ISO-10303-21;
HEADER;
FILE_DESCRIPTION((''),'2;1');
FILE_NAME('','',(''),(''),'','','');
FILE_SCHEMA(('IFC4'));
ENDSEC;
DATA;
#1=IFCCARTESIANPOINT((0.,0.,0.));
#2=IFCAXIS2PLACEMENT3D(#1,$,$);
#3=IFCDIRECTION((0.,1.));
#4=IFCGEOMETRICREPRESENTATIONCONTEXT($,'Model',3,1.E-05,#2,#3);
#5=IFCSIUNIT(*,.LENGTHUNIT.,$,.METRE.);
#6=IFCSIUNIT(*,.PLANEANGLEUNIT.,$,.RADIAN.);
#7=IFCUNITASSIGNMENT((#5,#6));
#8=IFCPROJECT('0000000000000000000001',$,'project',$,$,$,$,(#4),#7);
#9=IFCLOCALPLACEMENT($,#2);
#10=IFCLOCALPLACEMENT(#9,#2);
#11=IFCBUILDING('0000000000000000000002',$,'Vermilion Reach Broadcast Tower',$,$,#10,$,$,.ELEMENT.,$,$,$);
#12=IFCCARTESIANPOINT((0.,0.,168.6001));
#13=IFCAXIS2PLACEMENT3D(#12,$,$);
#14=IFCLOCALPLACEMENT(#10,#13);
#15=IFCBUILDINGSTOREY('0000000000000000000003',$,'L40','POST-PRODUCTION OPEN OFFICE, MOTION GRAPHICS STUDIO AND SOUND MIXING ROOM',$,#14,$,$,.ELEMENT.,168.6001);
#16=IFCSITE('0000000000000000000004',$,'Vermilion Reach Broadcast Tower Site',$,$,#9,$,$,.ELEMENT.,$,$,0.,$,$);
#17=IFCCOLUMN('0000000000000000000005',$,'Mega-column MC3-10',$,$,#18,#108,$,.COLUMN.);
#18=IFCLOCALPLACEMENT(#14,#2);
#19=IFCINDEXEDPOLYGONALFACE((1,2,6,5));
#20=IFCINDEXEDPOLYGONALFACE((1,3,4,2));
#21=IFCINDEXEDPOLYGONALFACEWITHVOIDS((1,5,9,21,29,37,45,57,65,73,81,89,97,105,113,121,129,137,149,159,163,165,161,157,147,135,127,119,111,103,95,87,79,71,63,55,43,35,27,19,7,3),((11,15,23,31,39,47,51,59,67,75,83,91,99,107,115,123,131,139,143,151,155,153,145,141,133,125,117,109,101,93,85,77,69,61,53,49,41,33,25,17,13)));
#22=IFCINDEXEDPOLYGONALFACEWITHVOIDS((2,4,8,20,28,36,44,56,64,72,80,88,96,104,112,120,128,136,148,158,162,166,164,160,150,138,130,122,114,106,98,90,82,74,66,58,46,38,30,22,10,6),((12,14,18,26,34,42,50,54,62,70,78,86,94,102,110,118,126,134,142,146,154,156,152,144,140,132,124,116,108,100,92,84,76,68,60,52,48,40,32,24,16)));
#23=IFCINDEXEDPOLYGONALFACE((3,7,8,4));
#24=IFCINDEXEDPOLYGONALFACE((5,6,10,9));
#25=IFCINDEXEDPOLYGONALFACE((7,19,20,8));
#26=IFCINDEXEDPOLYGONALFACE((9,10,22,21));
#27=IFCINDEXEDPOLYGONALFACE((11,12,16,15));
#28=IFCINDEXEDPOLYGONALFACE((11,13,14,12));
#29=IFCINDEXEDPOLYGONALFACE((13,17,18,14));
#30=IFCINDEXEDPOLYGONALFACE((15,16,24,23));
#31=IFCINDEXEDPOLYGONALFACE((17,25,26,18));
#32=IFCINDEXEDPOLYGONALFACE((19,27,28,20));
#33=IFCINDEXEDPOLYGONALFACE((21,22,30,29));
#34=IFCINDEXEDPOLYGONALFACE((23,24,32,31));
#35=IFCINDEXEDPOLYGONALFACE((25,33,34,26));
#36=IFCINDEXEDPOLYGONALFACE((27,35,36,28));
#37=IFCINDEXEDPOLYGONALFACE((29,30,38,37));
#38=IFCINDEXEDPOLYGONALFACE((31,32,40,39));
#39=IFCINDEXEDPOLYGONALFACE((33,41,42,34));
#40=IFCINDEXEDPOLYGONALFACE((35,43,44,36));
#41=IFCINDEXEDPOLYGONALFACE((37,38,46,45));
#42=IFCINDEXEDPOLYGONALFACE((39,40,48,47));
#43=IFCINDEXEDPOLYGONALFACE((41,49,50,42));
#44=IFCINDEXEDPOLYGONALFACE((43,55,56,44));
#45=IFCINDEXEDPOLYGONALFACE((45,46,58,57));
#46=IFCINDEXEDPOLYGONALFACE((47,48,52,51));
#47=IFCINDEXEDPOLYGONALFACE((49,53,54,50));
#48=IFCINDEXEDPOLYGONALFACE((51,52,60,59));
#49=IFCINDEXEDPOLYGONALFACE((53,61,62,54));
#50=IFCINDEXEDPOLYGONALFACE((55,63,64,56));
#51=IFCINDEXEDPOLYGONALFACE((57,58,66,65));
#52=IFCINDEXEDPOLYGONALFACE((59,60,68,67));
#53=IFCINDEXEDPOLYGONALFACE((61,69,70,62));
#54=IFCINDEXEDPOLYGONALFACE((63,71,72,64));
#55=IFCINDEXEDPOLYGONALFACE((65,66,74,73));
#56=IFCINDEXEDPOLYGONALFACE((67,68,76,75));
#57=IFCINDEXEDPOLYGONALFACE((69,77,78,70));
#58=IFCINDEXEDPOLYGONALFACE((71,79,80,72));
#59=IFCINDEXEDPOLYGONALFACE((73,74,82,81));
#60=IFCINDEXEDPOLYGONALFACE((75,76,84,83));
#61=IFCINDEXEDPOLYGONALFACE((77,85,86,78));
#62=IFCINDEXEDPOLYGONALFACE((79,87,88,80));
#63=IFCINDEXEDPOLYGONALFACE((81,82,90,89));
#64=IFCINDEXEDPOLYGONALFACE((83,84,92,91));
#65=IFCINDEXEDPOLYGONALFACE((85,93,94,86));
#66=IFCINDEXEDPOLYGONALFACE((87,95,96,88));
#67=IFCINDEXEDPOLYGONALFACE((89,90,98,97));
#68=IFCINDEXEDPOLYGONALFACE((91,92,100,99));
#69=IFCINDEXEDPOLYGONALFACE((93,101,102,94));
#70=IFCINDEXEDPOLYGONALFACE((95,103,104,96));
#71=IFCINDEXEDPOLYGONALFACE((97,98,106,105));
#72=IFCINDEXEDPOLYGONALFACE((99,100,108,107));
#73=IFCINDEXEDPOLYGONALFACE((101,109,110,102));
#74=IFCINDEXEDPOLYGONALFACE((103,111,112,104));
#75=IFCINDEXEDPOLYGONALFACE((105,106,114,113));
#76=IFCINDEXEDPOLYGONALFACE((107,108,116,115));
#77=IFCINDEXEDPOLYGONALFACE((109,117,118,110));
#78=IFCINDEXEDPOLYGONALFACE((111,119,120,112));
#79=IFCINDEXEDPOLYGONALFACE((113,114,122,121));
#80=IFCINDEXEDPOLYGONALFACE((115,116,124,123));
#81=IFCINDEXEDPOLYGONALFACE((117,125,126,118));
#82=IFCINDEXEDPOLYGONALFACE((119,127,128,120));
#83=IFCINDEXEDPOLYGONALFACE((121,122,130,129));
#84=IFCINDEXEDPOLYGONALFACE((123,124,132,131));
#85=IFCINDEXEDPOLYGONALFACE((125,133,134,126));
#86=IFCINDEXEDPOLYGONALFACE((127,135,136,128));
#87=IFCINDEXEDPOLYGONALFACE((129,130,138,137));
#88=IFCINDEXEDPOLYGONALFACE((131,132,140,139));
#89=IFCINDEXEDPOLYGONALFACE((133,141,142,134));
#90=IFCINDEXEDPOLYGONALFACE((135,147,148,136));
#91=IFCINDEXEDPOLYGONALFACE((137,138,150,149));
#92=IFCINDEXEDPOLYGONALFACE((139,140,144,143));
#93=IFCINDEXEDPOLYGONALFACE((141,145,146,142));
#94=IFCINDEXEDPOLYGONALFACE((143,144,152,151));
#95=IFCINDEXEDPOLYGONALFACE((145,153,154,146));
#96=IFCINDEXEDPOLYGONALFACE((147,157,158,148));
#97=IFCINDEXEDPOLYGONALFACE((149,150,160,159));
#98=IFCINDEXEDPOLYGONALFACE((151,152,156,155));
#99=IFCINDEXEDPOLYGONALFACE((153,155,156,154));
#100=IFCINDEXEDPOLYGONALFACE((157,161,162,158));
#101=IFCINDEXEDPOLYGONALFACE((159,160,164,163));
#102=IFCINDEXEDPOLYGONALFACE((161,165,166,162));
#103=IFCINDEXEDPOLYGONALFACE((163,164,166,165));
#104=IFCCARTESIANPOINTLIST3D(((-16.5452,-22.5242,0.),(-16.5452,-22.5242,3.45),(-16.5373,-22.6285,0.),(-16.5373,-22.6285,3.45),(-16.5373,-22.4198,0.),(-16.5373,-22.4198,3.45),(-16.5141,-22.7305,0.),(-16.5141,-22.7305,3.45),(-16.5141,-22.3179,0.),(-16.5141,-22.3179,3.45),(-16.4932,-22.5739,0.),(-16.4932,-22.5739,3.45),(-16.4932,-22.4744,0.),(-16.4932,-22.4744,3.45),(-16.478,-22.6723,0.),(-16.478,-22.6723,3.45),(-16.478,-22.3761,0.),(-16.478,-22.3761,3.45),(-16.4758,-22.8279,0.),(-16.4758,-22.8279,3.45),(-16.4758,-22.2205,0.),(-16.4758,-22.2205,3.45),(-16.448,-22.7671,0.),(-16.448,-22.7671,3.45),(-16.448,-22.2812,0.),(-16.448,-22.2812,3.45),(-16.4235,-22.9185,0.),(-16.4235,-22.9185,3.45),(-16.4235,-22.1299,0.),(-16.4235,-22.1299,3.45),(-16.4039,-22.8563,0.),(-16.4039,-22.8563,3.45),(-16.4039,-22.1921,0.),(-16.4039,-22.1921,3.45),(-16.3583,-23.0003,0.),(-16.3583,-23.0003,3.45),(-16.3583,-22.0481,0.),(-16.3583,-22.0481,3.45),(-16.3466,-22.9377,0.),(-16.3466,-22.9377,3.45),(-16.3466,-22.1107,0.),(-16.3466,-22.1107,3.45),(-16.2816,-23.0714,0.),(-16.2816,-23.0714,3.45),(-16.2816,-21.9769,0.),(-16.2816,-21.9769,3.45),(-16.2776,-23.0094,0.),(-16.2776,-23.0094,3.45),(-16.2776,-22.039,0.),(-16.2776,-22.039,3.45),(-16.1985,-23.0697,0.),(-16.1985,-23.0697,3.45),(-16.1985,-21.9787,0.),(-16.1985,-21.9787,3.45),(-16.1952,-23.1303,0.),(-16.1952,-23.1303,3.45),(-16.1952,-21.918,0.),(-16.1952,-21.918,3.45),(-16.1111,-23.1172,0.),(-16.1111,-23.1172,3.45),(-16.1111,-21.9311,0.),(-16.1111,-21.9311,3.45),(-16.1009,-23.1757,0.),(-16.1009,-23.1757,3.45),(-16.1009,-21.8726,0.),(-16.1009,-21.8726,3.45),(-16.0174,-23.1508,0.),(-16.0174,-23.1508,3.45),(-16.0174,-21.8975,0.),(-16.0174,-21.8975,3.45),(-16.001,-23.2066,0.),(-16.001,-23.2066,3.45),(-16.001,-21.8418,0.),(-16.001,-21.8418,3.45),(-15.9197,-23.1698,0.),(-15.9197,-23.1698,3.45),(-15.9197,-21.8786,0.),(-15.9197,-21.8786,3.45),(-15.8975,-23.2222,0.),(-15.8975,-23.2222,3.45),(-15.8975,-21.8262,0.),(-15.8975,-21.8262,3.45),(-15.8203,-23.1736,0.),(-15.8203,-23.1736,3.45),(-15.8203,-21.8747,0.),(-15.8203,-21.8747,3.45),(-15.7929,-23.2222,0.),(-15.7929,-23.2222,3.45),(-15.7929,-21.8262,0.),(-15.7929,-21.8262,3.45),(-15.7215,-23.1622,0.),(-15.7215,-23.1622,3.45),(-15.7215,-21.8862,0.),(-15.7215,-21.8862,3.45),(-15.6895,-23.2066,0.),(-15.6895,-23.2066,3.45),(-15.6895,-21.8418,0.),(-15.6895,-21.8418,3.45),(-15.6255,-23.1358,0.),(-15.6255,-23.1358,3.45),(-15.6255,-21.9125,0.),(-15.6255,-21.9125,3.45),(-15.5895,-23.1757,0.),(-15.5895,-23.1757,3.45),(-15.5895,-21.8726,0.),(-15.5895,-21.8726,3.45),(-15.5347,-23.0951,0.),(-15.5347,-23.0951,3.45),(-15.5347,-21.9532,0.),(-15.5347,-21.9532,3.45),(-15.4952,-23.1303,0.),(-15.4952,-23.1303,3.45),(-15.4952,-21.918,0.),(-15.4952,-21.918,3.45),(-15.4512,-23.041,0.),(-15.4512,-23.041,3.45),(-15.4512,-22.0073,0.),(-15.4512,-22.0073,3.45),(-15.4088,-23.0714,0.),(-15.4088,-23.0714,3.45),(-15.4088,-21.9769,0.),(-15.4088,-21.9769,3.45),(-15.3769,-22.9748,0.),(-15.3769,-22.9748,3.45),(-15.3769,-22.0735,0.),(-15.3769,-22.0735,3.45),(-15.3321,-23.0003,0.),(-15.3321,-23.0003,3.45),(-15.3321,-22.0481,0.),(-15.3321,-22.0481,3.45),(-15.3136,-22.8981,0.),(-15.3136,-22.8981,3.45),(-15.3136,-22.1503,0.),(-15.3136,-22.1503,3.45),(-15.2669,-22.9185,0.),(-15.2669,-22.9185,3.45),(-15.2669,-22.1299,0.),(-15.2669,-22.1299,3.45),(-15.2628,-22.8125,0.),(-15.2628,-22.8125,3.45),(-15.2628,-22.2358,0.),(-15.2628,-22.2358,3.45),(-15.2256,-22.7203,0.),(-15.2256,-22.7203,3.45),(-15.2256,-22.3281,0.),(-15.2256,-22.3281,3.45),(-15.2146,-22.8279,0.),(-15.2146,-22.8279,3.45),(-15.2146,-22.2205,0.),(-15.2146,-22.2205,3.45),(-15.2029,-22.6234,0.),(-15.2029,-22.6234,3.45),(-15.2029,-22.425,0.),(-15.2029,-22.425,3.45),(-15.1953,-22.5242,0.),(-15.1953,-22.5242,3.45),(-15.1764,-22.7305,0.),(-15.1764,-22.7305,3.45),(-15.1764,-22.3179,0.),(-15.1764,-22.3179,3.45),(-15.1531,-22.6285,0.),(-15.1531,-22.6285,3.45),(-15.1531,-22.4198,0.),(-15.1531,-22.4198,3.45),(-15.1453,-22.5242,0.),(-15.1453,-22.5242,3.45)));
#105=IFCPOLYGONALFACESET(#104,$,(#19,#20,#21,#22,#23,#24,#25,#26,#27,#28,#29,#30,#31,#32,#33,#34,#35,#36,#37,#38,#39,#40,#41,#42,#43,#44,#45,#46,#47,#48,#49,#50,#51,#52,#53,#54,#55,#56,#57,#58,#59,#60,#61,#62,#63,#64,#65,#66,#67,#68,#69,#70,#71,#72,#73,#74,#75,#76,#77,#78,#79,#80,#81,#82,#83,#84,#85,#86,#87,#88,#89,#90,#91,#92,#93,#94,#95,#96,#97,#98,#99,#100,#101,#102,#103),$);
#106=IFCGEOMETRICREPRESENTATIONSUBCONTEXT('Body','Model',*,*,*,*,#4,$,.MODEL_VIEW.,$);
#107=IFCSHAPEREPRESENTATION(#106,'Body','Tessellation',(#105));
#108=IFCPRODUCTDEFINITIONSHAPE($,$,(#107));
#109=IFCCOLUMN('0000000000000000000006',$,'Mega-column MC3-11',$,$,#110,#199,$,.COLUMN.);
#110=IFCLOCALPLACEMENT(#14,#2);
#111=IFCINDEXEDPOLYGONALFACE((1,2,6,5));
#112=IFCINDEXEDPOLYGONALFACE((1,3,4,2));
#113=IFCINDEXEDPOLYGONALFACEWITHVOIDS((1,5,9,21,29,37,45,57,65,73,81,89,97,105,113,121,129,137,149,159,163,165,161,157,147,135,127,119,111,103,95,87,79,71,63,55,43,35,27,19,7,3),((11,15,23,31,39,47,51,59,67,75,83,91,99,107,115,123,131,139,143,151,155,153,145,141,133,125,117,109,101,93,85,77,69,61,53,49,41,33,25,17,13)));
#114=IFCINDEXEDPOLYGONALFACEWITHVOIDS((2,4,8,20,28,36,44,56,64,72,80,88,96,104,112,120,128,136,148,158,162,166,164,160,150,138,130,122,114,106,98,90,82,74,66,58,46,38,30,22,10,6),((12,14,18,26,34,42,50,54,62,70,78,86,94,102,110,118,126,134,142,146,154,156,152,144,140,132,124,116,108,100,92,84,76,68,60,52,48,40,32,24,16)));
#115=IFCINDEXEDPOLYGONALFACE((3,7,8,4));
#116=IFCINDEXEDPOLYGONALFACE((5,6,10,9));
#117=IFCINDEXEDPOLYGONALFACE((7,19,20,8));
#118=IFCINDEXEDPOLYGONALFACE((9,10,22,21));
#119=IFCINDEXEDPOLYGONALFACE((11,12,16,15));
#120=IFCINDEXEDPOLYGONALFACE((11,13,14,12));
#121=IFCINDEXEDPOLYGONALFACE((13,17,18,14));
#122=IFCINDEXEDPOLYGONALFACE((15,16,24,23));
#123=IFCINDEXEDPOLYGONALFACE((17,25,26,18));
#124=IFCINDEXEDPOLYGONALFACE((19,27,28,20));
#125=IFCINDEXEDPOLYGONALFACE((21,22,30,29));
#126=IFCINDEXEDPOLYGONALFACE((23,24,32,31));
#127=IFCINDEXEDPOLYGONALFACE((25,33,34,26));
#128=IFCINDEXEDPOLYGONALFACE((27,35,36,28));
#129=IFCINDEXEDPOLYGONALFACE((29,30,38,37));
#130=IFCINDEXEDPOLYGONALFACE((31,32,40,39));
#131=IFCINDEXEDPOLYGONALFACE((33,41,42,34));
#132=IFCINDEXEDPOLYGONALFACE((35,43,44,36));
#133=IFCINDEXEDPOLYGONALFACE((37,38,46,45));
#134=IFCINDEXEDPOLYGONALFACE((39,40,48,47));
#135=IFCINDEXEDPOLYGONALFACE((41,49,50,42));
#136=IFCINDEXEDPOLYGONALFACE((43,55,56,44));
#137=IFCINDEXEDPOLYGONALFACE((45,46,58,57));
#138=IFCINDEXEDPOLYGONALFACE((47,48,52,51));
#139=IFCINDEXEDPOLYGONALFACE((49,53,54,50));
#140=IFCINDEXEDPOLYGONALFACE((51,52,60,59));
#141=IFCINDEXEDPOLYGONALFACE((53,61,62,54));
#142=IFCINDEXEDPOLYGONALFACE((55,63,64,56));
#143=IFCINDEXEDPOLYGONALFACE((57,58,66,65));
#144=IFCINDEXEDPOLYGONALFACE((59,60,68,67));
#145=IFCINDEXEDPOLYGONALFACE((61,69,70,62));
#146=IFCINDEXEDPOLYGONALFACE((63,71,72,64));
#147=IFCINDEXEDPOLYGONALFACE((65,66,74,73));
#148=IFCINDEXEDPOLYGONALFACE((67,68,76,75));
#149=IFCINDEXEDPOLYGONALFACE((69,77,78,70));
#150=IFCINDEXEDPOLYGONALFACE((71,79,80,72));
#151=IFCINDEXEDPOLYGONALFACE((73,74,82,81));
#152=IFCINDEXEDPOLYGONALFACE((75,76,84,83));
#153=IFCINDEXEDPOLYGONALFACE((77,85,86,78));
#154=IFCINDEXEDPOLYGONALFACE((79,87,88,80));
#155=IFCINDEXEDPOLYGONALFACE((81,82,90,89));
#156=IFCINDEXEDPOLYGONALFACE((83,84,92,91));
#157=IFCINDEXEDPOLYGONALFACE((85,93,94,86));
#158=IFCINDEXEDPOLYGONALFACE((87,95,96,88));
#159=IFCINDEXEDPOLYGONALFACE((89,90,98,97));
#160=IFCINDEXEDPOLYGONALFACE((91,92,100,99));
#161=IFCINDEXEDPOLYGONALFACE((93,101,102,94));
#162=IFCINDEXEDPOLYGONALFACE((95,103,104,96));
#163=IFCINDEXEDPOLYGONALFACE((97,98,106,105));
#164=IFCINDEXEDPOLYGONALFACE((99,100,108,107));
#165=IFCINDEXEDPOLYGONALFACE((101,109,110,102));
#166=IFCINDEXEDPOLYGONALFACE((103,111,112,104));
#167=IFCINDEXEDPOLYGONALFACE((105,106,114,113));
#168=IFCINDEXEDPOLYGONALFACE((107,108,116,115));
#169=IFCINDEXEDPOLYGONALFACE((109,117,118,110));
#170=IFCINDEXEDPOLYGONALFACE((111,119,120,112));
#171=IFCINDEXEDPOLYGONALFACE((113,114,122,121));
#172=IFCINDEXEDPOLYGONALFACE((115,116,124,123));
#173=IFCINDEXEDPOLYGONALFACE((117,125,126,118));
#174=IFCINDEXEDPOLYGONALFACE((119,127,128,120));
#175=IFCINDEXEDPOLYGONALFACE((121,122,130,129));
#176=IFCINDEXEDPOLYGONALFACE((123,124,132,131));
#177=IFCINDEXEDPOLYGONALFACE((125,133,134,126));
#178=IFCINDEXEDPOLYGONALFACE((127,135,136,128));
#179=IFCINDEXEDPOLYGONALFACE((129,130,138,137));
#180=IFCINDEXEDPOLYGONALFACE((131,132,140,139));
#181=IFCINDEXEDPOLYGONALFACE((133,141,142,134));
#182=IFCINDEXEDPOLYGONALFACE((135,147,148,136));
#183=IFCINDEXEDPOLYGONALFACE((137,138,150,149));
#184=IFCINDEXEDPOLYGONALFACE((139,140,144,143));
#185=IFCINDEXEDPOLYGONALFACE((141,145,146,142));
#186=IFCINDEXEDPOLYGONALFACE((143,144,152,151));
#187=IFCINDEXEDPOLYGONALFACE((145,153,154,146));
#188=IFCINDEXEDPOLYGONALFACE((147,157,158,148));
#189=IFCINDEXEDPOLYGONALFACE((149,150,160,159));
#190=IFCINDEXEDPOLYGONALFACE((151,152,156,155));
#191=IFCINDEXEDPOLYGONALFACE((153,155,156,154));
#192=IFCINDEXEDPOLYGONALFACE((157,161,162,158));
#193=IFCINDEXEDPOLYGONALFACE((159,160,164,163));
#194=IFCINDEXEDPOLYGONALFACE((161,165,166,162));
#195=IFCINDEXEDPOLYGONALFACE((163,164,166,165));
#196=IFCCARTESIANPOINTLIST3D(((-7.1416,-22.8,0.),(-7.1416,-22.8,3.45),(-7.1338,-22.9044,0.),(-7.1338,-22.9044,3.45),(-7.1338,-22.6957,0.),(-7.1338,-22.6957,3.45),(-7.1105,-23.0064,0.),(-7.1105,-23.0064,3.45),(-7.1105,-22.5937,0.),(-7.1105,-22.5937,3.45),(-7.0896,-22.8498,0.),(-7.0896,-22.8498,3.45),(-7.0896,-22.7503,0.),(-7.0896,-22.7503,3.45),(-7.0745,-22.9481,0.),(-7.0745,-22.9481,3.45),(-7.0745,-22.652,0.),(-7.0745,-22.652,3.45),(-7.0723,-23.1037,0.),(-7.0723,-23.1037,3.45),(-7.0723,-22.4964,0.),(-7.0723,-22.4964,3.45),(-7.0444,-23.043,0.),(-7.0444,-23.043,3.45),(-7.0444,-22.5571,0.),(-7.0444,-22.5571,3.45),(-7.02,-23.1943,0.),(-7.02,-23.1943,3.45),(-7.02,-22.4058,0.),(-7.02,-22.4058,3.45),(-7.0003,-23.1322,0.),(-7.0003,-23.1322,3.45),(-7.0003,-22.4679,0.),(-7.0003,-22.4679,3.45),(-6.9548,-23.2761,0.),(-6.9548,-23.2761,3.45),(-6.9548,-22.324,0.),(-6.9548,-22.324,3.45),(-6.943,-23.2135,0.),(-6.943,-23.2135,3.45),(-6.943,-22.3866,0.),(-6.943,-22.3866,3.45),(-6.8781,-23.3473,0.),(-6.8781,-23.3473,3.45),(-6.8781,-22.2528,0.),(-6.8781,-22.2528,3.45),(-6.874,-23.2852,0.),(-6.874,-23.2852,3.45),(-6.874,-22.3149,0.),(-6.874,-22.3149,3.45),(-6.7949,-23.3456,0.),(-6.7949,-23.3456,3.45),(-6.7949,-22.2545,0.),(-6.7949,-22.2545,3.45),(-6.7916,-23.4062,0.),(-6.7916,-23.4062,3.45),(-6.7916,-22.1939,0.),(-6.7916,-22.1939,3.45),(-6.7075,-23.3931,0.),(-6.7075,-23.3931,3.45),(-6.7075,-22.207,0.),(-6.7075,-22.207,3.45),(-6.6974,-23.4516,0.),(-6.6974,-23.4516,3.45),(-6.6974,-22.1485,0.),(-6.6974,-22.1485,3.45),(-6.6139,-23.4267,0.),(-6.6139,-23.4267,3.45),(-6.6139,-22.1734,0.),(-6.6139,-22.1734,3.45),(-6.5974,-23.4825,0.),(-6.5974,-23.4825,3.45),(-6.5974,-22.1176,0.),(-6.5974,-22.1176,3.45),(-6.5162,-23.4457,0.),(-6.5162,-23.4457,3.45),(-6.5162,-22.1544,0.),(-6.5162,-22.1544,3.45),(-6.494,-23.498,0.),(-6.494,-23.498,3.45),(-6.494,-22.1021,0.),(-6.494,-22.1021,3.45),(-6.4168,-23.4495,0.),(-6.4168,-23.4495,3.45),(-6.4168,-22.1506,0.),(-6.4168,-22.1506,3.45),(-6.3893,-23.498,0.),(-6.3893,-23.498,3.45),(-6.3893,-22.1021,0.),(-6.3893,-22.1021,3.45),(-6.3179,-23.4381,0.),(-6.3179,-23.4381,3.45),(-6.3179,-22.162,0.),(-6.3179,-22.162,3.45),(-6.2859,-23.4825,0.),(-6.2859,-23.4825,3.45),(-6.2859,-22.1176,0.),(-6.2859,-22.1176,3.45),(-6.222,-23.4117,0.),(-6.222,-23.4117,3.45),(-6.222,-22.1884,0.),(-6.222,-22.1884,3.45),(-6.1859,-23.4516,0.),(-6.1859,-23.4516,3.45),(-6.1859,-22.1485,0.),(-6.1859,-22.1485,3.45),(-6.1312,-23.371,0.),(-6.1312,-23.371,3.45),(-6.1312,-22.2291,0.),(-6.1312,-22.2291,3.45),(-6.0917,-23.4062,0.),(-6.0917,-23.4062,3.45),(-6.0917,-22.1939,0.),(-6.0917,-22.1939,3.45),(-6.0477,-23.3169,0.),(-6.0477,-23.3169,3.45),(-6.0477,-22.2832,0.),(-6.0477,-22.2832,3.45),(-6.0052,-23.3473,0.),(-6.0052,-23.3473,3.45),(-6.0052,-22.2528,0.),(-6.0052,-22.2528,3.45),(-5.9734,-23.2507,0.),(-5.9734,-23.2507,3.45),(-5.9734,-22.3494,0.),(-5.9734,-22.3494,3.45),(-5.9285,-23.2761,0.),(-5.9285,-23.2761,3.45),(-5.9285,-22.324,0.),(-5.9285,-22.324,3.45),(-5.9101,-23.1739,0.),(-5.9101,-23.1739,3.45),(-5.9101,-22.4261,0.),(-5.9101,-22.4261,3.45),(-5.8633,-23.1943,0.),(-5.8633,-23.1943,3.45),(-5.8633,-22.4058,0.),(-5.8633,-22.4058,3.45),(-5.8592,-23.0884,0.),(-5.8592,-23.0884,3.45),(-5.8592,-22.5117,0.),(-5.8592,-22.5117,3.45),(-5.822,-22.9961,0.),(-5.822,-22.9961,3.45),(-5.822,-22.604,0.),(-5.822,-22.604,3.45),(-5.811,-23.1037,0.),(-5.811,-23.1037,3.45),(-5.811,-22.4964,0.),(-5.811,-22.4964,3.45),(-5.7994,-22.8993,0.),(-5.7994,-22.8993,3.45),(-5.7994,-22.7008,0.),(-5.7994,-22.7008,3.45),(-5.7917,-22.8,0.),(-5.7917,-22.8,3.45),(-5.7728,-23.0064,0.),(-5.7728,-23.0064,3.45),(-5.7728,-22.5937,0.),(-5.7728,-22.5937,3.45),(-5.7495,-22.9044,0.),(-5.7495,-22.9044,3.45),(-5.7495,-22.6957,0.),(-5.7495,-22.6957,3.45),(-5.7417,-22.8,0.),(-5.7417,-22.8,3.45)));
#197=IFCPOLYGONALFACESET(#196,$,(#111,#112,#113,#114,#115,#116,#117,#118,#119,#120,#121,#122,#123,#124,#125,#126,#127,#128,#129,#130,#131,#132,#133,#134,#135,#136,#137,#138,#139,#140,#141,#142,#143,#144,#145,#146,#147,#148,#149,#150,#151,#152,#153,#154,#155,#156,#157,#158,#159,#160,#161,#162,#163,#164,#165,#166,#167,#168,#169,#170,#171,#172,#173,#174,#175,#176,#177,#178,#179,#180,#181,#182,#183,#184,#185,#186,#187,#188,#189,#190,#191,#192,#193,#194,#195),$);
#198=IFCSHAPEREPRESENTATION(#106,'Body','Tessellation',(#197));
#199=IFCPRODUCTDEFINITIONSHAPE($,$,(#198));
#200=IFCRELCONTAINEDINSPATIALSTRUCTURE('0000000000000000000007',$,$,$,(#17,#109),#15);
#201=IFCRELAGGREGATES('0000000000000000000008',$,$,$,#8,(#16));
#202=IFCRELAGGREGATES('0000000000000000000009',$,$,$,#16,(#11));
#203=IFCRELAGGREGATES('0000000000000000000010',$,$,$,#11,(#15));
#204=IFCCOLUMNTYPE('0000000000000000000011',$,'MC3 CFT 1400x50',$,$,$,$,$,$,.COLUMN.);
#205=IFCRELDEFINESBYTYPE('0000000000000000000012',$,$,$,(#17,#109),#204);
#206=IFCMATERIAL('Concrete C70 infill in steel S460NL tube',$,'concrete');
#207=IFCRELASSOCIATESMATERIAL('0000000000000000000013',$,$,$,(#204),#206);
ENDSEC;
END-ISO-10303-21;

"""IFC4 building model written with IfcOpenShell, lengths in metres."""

from ifc_helpers import new_model, si_unit, direction, frame, origin, origin_2d, place, context, subcontext, project, spatial, hollow_circle, extrude, material, material_profile, profile_set, type_object, element, save


model = new_model("IFC4")

# Units and contexts
model_context = context("Model", 3, precision=1e-05, world=origin(), true_north=direction((0.0, 1.0)))
body_context = subcontext(model_context, "Body", "Model", "MODEL_VIEW")
ifc_project = project(units=[si_unit("LENGTHUNIT", "METRE"), si_unit("PLANEANGLEUNIT", "RADIAN")], contexts=[model_context])

# Site, building, storey
site_placement = place(None, origin())
site = spatial("IfcSite", under=ifc_project, at=site_placement, Name="Vermilion Reach Broadcast Tower Site", CompositionType="ELEMENT", RefElevation=0.0)
building_placement = place(site_placement, origin())
building = spatial("IfcBuilding", under=site, at=building_placement, Name="Vermilion Reach Broadcast Tower", CompositionType="ELEMENT")
storey_placement = place(building_placement, frame((0.0, 0.0, 168.6001)))
storey = spatial("IfcBuildingStorey", under=building, at=storey_placement, Name="L40", Description="POST-PRODUCTION OPEN OFFICE, MOTION GRAPHICS STUDIO AND SOUND MIXING ROOM", CompositionType="ELEMENT", Elevation=168.6001)

# Columns
ifc_material_1 = material(Name="Concrete C70 infill in steel S460NL tube", Category="concrete")
ifc_material_profile_1 = material_profile(ifc_material_1, hollow_circle(Radius=0.7, WallThickness=0.05, at=origin_2d()), Name="Concrete C70 infill in steel S460NL tube CFT 1400x50")
ifc_profile_set_1 = profile_set([ifc_material_profile_1], Name="Concrete C70 infill in steel S460NL tube")
column_type = type_object("IfcColumnType", Name="MC3 CFT 1400x50", PredefinedType="COLUMN", material=ifc_profile_set_1)
for number, where, z_axis, x_axis, name in (
    (1, (-15.8452, -22.5242, 0.0), (0.0, 0.0, 1.0), (1.0, 0.0, 0.0), "Mega-column MC3-10"),
    (2, (-6.4417, -22.8, 0.0), (0.0, 0.0, 1.0), (1.0, 0.0, 0.0), "Mega-column MC3-11"),
):
    element("IfcColumn", number, at=place(storey_placement, frame(where, z_axis=z_axis, x_axis=x_axis)), inside=storey, type_object=column_type, Name=name, PredefinedType="COLUMN", context=body_context, shape_type="SweptSolid", body=[
        extrude(hollow_circle(Radius=0.7, WallThickness=0.05, at=origin_2d()), origin(), (0.0, 0.0, 1.0), 3.45),
    ])

save(model, "model.ifc")
